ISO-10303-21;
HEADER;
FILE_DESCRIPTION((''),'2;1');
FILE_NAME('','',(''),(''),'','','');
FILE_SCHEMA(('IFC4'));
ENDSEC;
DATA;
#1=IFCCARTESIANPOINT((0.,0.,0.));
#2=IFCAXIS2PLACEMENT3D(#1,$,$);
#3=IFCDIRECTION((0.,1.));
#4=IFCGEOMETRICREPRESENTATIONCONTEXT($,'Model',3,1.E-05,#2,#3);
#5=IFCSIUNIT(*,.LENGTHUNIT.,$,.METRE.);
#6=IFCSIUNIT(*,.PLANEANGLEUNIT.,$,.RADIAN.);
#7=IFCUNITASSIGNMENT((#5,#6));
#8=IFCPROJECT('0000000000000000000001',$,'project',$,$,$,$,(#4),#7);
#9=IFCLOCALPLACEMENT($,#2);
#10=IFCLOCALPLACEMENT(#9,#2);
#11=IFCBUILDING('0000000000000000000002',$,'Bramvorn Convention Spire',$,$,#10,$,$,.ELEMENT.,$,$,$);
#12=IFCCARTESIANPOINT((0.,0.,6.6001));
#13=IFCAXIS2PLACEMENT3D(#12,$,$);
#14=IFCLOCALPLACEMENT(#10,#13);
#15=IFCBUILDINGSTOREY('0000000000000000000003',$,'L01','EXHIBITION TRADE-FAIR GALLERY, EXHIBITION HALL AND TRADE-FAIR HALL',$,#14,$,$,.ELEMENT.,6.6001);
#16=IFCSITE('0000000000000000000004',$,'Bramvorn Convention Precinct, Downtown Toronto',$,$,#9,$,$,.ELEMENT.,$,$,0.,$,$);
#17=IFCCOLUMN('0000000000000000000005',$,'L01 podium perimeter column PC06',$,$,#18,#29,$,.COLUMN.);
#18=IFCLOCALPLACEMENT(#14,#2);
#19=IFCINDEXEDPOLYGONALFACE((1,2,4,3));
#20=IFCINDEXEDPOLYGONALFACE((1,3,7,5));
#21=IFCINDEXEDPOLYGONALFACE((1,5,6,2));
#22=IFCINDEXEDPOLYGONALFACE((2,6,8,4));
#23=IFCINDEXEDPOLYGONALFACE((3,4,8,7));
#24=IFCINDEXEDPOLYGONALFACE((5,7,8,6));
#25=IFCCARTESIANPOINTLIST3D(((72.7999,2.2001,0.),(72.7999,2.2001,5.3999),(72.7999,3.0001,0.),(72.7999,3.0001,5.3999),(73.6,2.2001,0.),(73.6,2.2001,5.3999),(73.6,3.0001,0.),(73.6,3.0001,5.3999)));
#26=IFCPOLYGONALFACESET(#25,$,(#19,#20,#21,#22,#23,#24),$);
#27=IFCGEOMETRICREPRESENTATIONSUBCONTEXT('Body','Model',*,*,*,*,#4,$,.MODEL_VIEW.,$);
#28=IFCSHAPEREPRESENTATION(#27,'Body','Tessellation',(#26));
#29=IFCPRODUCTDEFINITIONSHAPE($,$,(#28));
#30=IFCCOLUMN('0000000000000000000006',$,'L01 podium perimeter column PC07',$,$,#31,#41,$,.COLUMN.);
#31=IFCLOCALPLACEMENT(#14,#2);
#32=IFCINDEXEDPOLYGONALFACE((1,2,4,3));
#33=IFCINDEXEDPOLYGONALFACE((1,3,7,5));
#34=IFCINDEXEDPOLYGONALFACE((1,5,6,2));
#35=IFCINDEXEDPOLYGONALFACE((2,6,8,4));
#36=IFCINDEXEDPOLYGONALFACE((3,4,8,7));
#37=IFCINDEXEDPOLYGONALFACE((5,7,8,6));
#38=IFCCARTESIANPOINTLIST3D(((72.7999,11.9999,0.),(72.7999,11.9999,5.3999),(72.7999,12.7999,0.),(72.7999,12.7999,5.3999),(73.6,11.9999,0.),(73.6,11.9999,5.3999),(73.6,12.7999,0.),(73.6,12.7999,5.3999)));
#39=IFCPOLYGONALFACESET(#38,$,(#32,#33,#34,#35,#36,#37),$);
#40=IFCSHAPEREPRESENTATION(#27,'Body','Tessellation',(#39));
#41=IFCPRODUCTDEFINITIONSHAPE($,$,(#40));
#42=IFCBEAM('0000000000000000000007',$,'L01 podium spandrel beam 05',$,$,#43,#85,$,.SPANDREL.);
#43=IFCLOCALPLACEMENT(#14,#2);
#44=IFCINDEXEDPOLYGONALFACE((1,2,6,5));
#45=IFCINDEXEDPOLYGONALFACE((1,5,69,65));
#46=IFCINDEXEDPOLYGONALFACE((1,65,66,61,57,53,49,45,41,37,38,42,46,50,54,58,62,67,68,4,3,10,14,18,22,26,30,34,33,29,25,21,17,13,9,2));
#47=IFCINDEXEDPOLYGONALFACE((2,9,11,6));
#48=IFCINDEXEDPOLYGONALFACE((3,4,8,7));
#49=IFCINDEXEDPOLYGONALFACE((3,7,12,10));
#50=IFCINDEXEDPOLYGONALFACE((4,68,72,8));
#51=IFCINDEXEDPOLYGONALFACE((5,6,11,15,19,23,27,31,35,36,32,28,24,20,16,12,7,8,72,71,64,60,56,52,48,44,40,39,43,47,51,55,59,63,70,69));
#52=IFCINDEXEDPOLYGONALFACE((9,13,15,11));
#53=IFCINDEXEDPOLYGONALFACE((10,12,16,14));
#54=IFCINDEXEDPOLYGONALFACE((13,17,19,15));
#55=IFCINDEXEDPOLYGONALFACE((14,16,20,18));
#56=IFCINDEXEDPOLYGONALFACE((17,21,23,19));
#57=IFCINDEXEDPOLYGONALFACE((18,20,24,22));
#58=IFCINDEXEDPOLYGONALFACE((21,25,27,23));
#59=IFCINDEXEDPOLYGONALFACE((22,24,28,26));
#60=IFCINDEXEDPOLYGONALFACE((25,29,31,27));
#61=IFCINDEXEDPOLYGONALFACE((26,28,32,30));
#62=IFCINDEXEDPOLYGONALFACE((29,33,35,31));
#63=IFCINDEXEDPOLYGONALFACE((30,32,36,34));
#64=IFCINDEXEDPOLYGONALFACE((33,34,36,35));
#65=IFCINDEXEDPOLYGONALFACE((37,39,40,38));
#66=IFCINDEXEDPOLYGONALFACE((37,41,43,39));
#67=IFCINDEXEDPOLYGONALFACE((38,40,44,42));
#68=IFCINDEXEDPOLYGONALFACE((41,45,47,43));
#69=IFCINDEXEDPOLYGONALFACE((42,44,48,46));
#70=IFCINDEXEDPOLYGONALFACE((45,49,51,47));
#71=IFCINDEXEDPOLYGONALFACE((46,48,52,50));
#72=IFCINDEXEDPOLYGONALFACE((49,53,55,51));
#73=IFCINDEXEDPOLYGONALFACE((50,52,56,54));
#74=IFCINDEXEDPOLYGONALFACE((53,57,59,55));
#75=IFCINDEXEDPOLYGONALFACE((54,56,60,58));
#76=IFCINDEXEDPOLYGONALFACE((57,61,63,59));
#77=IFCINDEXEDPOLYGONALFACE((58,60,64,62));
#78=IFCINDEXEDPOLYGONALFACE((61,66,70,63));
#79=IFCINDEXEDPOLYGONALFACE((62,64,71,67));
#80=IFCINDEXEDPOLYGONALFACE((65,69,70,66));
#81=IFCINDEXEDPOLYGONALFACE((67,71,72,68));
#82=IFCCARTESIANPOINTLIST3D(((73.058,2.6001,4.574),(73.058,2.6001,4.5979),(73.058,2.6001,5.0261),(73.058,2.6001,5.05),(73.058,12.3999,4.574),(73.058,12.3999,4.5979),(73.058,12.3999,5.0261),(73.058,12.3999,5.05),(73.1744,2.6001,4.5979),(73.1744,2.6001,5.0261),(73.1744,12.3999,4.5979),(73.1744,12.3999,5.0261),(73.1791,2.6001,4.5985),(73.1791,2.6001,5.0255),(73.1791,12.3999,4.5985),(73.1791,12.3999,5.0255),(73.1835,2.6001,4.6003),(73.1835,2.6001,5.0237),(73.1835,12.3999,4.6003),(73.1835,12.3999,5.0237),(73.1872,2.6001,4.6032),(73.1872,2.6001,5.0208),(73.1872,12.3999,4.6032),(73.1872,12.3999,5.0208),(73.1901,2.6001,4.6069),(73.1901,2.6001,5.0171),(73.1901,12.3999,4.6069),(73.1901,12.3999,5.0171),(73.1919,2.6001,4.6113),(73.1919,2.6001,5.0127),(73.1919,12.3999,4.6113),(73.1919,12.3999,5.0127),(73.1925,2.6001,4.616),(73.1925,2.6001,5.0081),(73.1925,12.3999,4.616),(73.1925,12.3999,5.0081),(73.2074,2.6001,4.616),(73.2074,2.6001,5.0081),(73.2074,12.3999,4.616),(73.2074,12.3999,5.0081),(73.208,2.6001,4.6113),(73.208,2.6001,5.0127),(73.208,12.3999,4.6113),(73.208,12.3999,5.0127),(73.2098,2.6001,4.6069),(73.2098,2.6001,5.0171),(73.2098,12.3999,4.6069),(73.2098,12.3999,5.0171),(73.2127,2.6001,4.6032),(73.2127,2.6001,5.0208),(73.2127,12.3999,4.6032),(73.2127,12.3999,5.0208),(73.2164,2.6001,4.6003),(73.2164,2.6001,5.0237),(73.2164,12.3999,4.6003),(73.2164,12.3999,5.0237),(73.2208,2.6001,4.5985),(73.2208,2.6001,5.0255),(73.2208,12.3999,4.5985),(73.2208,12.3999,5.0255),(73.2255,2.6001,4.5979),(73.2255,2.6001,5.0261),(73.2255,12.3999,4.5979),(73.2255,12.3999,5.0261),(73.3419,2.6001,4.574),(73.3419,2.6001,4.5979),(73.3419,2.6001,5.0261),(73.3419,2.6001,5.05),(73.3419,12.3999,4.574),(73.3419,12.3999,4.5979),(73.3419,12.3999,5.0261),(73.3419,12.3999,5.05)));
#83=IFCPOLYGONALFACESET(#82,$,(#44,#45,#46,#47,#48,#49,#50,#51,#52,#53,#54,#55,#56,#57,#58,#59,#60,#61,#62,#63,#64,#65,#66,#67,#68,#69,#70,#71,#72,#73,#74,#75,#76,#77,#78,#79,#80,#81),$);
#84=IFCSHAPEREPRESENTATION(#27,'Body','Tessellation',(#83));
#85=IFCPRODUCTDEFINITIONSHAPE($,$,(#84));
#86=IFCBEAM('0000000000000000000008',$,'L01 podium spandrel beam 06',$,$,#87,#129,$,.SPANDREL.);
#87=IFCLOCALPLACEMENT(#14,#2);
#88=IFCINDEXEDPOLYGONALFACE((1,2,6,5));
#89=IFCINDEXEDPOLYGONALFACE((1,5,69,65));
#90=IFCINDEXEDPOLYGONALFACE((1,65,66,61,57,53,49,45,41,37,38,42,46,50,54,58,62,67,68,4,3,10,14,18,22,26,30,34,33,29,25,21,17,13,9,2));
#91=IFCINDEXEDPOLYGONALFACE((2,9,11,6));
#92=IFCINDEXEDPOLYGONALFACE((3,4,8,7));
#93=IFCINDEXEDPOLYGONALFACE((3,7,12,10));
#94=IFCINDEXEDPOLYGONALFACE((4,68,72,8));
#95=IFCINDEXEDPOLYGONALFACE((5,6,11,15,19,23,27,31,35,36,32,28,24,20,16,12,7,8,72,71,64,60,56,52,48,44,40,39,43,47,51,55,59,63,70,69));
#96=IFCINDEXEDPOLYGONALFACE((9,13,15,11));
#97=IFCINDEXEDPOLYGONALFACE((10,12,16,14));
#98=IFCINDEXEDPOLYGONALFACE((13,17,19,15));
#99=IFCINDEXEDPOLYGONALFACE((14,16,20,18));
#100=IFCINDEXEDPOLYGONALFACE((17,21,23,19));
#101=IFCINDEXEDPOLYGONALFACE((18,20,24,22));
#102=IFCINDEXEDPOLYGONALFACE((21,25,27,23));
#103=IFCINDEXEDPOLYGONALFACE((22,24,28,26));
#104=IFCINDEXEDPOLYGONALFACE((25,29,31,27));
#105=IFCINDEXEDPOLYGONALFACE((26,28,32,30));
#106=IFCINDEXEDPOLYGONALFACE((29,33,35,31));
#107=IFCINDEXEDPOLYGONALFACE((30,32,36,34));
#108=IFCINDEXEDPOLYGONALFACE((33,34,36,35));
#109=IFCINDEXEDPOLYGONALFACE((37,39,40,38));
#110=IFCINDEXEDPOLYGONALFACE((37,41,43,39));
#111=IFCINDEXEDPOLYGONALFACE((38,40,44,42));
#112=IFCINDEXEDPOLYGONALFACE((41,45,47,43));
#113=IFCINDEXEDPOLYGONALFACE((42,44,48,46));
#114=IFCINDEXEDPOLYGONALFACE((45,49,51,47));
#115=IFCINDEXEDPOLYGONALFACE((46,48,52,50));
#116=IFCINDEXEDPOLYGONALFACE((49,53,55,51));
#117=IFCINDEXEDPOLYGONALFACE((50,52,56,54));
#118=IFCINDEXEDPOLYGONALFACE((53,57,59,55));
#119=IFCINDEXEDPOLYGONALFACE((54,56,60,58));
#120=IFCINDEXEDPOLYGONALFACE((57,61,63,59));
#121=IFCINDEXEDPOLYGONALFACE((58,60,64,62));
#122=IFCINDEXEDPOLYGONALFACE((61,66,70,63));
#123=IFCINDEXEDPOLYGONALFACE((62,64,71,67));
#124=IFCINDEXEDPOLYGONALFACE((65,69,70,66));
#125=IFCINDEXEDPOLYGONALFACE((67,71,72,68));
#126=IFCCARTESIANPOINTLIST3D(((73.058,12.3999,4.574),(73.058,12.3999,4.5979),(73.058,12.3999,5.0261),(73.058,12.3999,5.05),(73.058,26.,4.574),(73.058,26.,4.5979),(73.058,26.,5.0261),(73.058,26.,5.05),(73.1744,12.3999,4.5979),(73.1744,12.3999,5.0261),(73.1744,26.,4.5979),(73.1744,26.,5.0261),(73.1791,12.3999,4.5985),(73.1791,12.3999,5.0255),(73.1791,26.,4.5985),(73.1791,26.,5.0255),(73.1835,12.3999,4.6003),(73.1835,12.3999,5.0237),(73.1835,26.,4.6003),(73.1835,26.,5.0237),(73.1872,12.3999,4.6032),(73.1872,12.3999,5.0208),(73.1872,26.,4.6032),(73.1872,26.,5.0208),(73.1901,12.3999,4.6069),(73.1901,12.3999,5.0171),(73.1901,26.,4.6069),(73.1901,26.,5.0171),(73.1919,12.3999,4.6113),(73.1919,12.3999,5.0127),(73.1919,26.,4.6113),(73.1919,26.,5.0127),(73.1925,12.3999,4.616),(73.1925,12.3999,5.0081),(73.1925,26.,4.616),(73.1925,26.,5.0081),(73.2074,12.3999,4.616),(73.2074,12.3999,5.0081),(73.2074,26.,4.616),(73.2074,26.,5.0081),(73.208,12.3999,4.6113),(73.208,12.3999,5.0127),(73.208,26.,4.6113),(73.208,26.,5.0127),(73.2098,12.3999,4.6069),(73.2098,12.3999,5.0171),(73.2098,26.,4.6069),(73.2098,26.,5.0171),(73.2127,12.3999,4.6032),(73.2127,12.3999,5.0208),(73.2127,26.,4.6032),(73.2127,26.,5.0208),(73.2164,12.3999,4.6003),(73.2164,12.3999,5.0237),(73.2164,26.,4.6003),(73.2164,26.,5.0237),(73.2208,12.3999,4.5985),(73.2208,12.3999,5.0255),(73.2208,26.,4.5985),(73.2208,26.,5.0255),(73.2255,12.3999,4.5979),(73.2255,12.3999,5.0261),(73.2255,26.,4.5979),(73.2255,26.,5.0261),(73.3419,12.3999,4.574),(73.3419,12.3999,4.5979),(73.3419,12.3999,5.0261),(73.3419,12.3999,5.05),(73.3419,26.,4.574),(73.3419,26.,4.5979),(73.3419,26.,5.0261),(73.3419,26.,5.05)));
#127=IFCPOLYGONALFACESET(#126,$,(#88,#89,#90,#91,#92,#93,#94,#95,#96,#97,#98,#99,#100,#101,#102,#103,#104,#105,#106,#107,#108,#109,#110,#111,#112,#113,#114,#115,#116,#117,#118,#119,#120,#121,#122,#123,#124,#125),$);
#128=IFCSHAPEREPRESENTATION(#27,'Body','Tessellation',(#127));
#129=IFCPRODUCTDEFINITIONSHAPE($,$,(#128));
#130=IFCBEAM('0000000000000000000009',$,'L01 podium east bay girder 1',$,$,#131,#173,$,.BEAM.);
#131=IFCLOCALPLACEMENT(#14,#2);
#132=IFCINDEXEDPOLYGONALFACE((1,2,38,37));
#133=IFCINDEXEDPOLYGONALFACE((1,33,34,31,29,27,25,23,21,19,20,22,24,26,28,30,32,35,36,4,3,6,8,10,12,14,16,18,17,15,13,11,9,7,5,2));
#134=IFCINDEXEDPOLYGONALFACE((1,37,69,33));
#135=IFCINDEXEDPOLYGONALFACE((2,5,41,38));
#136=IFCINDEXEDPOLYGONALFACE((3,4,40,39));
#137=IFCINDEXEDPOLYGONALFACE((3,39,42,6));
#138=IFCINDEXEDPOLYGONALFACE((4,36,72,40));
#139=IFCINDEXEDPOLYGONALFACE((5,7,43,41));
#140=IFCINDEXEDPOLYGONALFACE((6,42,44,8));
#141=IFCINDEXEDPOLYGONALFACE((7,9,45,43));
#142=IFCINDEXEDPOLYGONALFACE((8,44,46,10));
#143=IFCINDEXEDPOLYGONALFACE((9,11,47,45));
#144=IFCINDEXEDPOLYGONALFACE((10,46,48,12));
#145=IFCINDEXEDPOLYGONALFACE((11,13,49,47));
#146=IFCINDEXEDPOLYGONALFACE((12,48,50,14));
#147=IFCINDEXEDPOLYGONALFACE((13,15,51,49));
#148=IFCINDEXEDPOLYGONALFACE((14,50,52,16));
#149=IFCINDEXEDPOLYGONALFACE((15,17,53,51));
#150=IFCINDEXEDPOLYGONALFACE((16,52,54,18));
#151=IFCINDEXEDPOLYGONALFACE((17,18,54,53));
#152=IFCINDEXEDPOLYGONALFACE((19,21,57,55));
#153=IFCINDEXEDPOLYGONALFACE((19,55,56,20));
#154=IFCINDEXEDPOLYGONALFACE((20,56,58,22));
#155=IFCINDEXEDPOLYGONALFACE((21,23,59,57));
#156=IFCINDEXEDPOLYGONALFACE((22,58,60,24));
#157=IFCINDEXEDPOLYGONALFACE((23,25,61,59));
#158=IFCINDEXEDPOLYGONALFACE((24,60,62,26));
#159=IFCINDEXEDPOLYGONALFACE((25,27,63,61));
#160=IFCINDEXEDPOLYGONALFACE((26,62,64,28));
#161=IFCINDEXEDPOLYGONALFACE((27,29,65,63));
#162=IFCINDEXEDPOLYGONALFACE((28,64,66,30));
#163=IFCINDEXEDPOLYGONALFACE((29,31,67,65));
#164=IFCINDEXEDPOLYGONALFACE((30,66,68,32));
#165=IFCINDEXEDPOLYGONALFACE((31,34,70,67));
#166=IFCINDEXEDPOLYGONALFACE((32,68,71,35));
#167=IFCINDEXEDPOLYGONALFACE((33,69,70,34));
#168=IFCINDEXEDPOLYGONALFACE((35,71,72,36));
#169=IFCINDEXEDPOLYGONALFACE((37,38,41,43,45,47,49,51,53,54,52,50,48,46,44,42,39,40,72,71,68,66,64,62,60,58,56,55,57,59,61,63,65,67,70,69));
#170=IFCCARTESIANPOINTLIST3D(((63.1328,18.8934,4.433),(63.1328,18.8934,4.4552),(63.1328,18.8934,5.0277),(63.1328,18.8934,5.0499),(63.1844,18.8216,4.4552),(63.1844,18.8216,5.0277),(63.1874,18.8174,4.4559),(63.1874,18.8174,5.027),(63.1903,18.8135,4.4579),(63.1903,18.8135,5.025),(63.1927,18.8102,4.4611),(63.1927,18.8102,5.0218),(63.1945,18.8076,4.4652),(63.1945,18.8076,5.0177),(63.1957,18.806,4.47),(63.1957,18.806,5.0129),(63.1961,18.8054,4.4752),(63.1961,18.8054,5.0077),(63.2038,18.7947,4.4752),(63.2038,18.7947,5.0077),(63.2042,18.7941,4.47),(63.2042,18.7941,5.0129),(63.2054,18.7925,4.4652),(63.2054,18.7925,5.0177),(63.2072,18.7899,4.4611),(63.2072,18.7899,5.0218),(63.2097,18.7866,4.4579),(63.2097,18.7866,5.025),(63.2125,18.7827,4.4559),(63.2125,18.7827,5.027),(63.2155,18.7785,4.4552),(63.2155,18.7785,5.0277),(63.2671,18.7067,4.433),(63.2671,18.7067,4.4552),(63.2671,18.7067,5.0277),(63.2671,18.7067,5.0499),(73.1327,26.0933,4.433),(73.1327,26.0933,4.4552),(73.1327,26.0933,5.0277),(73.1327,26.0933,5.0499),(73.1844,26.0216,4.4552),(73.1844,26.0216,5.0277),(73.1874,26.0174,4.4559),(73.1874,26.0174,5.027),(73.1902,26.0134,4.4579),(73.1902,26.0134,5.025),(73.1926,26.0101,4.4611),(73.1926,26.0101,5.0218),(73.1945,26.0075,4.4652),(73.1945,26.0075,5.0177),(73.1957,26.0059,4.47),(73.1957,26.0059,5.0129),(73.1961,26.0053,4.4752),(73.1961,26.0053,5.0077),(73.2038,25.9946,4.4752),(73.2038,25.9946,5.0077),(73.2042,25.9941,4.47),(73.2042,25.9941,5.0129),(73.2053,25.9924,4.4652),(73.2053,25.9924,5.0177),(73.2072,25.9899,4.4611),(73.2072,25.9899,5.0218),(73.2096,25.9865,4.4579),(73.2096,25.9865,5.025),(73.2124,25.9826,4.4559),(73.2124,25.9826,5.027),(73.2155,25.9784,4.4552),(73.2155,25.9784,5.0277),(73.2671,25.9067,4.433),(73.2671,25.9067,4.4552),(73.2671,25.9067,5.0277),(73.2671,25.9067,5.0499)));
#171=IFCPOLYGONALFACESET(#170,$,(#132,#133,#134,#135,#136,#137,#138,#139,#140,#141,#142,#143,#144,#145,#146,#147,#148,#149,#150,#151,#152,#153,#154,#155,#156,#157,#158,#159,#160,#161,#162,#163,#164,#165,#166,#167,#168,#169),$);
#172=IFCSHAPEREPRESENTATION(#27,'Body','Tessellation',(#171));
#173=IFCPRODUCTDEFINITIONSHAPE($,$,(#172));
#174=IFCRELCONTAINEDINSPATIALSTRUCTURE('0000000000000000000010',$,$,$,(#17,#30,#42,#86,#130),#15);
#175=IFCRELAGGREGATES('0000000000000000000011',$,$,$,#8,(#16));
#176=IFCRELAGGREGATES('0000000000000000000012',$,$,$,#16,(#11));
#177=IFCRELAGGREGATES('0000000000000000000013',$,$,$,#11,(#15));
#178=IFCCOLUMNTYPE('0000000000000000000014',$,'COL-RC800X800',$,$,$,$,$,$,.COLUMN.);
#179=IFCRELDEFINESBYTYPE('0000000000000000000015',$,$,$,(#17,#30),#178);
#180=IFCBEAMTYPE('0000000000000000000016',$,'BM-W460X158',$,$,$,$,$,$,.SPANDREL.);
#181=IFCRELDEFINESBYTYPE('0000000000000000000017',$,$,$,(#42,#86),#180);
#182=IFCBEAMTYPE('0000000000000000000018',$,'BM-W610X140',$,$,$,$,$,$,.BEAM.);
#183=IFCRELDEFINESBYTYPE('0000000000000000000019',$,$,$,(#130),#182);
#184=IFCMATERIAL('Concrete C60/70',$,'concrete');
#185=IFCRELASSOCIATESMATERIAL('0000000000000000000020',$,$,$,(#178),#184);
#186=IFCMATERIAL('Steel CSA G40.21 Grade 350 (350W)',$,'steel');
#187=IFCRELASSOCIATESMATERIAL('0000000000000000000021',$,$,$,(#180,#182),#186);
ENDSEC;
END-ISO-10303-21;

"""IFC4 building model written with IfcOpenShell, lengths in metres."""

from ifc_helpers import new_model, si_unit, direction, frame, origin, origin_2d, place, context, subcontext, project, spatial, rectangle, i_section, extrude, material, material_profile, profile_set, type_object, element, save


model = new_model("IFC4")

# Units and contexts
model_context = context("Model", 3, precision=1e-05, world=origin(), true_north=direction((0.0, 1.0)))
body_context = subcontext(model_context, "Body", "Model", "MODEL_VIEW")
ifc_project = project(units=[si_unit("LENGTHUNIT", "METRE"), si_unit("PLANEANGLEUNIT", "RADIAN")], contexts=[model_context])

# Site, building, storey
site_placement = place(None, origin())
site = spatial("IfcSite", under=ifc_project, at=site_placement, Name="Bramvorn Convention Precinct, Downtown Toronto", CompositionType="ELEMENT", RefElevation=0.0)
building_placement = place(site_placement, origin())
building = spatial("IfcBuilding", under=site, at=building_placement, Name="Bramvorn Convention Spire", CompositionType="ELEMENT")
storey_placement = place(building_placement, frame((0.0, 0.0, 6.6001)))
storey = spatial("IfcBuildingStorey", under=building, at=storey_placement, Name="L01", Description="EXHIBITION TRADE-FAIR GALLERY, EXHIBITION HALL AND TRADE-FAIR HALL", CompositionType="ELEMENT", Elevation=6.6001)

# Columns
ifc_material_1 = material(Name="Steel CSA G40.21 Grade 350 (350W)", Category="steel")
ifc_material_2 = material(Name="Concrete C60/70", Category="concrete")
ifc_material_profile_1 = material_profile(ifc_material_2, rectangle(XDim=0.8, YDim=0.8, at=origin_2d()))
ifc_profile_set_1 = profile_set([ifc_material_profile_1], Name="Concrete C60/70 - RC800X800")
column_type_1 = type_object("IfcColumnType", Name="COL-RC800X800", PredefinedType="COLUMN", material=ifc_profile_set_1)
for number, where, z_axis, x_axis, name in (
    (1, (73.2, 2.6001, 0.0), (0.0, 0.0, 1.0), (1.0, 0.0, 0.0), "L01 podium perimeter column PC06"),
    (2, (73.2, 12.3999, 0.0), (0.0, 0.0, 1.0), (1.0, 0.0, 0.0), "L01 podium perimeter column PC07"),
):
    element("IfcColumn", number, at=place(storey_placement, frame(where, z_axis=z_axis, x_axis=x_axis)), inside=storey, type_object=column_type_1, Name=name, PredefinedType="COLUMN", context=body_context, shape_type="SweptSolid", body=[
        extrude(rectangle(XDim=0.8, YDim=0.8, at=origin_2d()), origin(), (0.0, 0.0, 1.0), 5.3999),
    ])

# Beams
ifc_material_profile_2 = material_profile(ifc_material_1, i_section(OverallWidth=0.2839, OverallDepth=0.4761, WebThickness=0.0149, FlangeThickness=0.0239, FilletRadius=0.0181, at=origin_2d()))
ifc_profile_set_2 = profile_set([ifc_material_profile_2], Name="Steel CSA G40.21 Grade 350 (350W) - W460X158")
beam_type_1 = type_object("IfcBeamType", Name="BM-W460X158", PredefinedType="SPANDREL", material=ifc_profile_set_2)
beam_1_placement = place(storey_placement, frame((73.2, 2.6001, 4.812), z_axis=(0.0, 1.0, 0.0), x_axis=(-1.0, 0.0, 0.0)))
element("IfcBeam", 3, at=beam_1_placement, inside=storey, type_object=beam_type_1, Name="L01 podium spandrel beam 05", PredefinedType="SPANDREL", context=body_context, shape_type="SweptSolid", body=[
    extrude(i_section(OverallWidth=0.2839, OverallDepth=0.4761, WebThickness=0.0149, FlangeThickness=0.0239, FilletRadius=0.0181, at=origin_2d()), origin(), (0.0, 0.0, 1.0), 9.7998),
])
beam_2_placement = place(storey_placement, frame((73.2, 12.3999, 4.812), z_axis=(0.0, 1.0, 0.0), x_axis=(-1.0, 0.0, 0.0)))
element("IfcBeam", 4, at=beam_2_placement, inside=storey, type_object=beam_type_1, Name="L01 podium spandrel beam 06", PredefinedType="SPANDREL", context=body_context, shape_type="SweptSolid", body=[
    extrude(i_section(OverallWidth=0.2839, OverallDepth=0.4761, WebThickness=0.0149, FlangeThickness=0.0239, FilletRadius=0.0181, at=origin_2d()), origin(), (0.0, 0.0, 1.0), 13.6001),
])
ifc_material_profile_3 = material_profile(ifc_material_1, i_section(OverallWidth=0.23, OverallDepth=0.6169, WebThickness=0.0132, FlangeThickness=0.0222, FilletRadius=0.02, at=origin_2d()))
ifc_profile_set_3 = profile_set([ifc_material_profile_3], Name="Steel CSA G40.21 Grade 350 (350W) - W610X140")
beam_type_2 = type_object("IfcBeamType", Name="BM-W610X140", PredefinedType="BEAM", material=ifc_profile_set_3)
beam_3_placement = place(storey_placement, frame((63.2, 18.8, 4.7415), z_axis=(0.811536, 0.584302, 0.0), x_axis=(-0.584302, 0.811536, 0.0)))
element("IfcBeam", 5, at=beam_3_placement, inside=storey, type_object=beam_type_2, Name="L01 podium east bay girder 1", PredefinedType="BEAM", context=body_context, shape_type="SweptSolid", body=[
    extrude(i_section(OverallWidth=0.23, OverallDepth=0.6169, WebThickness=0.0132, FlangeThickness=0.0222, FilletRadius=0.02, at=origin_2d()), origin(), (0.0, 0.0, 1.0), 12.3223),
])

save(model, "model.ifc")
